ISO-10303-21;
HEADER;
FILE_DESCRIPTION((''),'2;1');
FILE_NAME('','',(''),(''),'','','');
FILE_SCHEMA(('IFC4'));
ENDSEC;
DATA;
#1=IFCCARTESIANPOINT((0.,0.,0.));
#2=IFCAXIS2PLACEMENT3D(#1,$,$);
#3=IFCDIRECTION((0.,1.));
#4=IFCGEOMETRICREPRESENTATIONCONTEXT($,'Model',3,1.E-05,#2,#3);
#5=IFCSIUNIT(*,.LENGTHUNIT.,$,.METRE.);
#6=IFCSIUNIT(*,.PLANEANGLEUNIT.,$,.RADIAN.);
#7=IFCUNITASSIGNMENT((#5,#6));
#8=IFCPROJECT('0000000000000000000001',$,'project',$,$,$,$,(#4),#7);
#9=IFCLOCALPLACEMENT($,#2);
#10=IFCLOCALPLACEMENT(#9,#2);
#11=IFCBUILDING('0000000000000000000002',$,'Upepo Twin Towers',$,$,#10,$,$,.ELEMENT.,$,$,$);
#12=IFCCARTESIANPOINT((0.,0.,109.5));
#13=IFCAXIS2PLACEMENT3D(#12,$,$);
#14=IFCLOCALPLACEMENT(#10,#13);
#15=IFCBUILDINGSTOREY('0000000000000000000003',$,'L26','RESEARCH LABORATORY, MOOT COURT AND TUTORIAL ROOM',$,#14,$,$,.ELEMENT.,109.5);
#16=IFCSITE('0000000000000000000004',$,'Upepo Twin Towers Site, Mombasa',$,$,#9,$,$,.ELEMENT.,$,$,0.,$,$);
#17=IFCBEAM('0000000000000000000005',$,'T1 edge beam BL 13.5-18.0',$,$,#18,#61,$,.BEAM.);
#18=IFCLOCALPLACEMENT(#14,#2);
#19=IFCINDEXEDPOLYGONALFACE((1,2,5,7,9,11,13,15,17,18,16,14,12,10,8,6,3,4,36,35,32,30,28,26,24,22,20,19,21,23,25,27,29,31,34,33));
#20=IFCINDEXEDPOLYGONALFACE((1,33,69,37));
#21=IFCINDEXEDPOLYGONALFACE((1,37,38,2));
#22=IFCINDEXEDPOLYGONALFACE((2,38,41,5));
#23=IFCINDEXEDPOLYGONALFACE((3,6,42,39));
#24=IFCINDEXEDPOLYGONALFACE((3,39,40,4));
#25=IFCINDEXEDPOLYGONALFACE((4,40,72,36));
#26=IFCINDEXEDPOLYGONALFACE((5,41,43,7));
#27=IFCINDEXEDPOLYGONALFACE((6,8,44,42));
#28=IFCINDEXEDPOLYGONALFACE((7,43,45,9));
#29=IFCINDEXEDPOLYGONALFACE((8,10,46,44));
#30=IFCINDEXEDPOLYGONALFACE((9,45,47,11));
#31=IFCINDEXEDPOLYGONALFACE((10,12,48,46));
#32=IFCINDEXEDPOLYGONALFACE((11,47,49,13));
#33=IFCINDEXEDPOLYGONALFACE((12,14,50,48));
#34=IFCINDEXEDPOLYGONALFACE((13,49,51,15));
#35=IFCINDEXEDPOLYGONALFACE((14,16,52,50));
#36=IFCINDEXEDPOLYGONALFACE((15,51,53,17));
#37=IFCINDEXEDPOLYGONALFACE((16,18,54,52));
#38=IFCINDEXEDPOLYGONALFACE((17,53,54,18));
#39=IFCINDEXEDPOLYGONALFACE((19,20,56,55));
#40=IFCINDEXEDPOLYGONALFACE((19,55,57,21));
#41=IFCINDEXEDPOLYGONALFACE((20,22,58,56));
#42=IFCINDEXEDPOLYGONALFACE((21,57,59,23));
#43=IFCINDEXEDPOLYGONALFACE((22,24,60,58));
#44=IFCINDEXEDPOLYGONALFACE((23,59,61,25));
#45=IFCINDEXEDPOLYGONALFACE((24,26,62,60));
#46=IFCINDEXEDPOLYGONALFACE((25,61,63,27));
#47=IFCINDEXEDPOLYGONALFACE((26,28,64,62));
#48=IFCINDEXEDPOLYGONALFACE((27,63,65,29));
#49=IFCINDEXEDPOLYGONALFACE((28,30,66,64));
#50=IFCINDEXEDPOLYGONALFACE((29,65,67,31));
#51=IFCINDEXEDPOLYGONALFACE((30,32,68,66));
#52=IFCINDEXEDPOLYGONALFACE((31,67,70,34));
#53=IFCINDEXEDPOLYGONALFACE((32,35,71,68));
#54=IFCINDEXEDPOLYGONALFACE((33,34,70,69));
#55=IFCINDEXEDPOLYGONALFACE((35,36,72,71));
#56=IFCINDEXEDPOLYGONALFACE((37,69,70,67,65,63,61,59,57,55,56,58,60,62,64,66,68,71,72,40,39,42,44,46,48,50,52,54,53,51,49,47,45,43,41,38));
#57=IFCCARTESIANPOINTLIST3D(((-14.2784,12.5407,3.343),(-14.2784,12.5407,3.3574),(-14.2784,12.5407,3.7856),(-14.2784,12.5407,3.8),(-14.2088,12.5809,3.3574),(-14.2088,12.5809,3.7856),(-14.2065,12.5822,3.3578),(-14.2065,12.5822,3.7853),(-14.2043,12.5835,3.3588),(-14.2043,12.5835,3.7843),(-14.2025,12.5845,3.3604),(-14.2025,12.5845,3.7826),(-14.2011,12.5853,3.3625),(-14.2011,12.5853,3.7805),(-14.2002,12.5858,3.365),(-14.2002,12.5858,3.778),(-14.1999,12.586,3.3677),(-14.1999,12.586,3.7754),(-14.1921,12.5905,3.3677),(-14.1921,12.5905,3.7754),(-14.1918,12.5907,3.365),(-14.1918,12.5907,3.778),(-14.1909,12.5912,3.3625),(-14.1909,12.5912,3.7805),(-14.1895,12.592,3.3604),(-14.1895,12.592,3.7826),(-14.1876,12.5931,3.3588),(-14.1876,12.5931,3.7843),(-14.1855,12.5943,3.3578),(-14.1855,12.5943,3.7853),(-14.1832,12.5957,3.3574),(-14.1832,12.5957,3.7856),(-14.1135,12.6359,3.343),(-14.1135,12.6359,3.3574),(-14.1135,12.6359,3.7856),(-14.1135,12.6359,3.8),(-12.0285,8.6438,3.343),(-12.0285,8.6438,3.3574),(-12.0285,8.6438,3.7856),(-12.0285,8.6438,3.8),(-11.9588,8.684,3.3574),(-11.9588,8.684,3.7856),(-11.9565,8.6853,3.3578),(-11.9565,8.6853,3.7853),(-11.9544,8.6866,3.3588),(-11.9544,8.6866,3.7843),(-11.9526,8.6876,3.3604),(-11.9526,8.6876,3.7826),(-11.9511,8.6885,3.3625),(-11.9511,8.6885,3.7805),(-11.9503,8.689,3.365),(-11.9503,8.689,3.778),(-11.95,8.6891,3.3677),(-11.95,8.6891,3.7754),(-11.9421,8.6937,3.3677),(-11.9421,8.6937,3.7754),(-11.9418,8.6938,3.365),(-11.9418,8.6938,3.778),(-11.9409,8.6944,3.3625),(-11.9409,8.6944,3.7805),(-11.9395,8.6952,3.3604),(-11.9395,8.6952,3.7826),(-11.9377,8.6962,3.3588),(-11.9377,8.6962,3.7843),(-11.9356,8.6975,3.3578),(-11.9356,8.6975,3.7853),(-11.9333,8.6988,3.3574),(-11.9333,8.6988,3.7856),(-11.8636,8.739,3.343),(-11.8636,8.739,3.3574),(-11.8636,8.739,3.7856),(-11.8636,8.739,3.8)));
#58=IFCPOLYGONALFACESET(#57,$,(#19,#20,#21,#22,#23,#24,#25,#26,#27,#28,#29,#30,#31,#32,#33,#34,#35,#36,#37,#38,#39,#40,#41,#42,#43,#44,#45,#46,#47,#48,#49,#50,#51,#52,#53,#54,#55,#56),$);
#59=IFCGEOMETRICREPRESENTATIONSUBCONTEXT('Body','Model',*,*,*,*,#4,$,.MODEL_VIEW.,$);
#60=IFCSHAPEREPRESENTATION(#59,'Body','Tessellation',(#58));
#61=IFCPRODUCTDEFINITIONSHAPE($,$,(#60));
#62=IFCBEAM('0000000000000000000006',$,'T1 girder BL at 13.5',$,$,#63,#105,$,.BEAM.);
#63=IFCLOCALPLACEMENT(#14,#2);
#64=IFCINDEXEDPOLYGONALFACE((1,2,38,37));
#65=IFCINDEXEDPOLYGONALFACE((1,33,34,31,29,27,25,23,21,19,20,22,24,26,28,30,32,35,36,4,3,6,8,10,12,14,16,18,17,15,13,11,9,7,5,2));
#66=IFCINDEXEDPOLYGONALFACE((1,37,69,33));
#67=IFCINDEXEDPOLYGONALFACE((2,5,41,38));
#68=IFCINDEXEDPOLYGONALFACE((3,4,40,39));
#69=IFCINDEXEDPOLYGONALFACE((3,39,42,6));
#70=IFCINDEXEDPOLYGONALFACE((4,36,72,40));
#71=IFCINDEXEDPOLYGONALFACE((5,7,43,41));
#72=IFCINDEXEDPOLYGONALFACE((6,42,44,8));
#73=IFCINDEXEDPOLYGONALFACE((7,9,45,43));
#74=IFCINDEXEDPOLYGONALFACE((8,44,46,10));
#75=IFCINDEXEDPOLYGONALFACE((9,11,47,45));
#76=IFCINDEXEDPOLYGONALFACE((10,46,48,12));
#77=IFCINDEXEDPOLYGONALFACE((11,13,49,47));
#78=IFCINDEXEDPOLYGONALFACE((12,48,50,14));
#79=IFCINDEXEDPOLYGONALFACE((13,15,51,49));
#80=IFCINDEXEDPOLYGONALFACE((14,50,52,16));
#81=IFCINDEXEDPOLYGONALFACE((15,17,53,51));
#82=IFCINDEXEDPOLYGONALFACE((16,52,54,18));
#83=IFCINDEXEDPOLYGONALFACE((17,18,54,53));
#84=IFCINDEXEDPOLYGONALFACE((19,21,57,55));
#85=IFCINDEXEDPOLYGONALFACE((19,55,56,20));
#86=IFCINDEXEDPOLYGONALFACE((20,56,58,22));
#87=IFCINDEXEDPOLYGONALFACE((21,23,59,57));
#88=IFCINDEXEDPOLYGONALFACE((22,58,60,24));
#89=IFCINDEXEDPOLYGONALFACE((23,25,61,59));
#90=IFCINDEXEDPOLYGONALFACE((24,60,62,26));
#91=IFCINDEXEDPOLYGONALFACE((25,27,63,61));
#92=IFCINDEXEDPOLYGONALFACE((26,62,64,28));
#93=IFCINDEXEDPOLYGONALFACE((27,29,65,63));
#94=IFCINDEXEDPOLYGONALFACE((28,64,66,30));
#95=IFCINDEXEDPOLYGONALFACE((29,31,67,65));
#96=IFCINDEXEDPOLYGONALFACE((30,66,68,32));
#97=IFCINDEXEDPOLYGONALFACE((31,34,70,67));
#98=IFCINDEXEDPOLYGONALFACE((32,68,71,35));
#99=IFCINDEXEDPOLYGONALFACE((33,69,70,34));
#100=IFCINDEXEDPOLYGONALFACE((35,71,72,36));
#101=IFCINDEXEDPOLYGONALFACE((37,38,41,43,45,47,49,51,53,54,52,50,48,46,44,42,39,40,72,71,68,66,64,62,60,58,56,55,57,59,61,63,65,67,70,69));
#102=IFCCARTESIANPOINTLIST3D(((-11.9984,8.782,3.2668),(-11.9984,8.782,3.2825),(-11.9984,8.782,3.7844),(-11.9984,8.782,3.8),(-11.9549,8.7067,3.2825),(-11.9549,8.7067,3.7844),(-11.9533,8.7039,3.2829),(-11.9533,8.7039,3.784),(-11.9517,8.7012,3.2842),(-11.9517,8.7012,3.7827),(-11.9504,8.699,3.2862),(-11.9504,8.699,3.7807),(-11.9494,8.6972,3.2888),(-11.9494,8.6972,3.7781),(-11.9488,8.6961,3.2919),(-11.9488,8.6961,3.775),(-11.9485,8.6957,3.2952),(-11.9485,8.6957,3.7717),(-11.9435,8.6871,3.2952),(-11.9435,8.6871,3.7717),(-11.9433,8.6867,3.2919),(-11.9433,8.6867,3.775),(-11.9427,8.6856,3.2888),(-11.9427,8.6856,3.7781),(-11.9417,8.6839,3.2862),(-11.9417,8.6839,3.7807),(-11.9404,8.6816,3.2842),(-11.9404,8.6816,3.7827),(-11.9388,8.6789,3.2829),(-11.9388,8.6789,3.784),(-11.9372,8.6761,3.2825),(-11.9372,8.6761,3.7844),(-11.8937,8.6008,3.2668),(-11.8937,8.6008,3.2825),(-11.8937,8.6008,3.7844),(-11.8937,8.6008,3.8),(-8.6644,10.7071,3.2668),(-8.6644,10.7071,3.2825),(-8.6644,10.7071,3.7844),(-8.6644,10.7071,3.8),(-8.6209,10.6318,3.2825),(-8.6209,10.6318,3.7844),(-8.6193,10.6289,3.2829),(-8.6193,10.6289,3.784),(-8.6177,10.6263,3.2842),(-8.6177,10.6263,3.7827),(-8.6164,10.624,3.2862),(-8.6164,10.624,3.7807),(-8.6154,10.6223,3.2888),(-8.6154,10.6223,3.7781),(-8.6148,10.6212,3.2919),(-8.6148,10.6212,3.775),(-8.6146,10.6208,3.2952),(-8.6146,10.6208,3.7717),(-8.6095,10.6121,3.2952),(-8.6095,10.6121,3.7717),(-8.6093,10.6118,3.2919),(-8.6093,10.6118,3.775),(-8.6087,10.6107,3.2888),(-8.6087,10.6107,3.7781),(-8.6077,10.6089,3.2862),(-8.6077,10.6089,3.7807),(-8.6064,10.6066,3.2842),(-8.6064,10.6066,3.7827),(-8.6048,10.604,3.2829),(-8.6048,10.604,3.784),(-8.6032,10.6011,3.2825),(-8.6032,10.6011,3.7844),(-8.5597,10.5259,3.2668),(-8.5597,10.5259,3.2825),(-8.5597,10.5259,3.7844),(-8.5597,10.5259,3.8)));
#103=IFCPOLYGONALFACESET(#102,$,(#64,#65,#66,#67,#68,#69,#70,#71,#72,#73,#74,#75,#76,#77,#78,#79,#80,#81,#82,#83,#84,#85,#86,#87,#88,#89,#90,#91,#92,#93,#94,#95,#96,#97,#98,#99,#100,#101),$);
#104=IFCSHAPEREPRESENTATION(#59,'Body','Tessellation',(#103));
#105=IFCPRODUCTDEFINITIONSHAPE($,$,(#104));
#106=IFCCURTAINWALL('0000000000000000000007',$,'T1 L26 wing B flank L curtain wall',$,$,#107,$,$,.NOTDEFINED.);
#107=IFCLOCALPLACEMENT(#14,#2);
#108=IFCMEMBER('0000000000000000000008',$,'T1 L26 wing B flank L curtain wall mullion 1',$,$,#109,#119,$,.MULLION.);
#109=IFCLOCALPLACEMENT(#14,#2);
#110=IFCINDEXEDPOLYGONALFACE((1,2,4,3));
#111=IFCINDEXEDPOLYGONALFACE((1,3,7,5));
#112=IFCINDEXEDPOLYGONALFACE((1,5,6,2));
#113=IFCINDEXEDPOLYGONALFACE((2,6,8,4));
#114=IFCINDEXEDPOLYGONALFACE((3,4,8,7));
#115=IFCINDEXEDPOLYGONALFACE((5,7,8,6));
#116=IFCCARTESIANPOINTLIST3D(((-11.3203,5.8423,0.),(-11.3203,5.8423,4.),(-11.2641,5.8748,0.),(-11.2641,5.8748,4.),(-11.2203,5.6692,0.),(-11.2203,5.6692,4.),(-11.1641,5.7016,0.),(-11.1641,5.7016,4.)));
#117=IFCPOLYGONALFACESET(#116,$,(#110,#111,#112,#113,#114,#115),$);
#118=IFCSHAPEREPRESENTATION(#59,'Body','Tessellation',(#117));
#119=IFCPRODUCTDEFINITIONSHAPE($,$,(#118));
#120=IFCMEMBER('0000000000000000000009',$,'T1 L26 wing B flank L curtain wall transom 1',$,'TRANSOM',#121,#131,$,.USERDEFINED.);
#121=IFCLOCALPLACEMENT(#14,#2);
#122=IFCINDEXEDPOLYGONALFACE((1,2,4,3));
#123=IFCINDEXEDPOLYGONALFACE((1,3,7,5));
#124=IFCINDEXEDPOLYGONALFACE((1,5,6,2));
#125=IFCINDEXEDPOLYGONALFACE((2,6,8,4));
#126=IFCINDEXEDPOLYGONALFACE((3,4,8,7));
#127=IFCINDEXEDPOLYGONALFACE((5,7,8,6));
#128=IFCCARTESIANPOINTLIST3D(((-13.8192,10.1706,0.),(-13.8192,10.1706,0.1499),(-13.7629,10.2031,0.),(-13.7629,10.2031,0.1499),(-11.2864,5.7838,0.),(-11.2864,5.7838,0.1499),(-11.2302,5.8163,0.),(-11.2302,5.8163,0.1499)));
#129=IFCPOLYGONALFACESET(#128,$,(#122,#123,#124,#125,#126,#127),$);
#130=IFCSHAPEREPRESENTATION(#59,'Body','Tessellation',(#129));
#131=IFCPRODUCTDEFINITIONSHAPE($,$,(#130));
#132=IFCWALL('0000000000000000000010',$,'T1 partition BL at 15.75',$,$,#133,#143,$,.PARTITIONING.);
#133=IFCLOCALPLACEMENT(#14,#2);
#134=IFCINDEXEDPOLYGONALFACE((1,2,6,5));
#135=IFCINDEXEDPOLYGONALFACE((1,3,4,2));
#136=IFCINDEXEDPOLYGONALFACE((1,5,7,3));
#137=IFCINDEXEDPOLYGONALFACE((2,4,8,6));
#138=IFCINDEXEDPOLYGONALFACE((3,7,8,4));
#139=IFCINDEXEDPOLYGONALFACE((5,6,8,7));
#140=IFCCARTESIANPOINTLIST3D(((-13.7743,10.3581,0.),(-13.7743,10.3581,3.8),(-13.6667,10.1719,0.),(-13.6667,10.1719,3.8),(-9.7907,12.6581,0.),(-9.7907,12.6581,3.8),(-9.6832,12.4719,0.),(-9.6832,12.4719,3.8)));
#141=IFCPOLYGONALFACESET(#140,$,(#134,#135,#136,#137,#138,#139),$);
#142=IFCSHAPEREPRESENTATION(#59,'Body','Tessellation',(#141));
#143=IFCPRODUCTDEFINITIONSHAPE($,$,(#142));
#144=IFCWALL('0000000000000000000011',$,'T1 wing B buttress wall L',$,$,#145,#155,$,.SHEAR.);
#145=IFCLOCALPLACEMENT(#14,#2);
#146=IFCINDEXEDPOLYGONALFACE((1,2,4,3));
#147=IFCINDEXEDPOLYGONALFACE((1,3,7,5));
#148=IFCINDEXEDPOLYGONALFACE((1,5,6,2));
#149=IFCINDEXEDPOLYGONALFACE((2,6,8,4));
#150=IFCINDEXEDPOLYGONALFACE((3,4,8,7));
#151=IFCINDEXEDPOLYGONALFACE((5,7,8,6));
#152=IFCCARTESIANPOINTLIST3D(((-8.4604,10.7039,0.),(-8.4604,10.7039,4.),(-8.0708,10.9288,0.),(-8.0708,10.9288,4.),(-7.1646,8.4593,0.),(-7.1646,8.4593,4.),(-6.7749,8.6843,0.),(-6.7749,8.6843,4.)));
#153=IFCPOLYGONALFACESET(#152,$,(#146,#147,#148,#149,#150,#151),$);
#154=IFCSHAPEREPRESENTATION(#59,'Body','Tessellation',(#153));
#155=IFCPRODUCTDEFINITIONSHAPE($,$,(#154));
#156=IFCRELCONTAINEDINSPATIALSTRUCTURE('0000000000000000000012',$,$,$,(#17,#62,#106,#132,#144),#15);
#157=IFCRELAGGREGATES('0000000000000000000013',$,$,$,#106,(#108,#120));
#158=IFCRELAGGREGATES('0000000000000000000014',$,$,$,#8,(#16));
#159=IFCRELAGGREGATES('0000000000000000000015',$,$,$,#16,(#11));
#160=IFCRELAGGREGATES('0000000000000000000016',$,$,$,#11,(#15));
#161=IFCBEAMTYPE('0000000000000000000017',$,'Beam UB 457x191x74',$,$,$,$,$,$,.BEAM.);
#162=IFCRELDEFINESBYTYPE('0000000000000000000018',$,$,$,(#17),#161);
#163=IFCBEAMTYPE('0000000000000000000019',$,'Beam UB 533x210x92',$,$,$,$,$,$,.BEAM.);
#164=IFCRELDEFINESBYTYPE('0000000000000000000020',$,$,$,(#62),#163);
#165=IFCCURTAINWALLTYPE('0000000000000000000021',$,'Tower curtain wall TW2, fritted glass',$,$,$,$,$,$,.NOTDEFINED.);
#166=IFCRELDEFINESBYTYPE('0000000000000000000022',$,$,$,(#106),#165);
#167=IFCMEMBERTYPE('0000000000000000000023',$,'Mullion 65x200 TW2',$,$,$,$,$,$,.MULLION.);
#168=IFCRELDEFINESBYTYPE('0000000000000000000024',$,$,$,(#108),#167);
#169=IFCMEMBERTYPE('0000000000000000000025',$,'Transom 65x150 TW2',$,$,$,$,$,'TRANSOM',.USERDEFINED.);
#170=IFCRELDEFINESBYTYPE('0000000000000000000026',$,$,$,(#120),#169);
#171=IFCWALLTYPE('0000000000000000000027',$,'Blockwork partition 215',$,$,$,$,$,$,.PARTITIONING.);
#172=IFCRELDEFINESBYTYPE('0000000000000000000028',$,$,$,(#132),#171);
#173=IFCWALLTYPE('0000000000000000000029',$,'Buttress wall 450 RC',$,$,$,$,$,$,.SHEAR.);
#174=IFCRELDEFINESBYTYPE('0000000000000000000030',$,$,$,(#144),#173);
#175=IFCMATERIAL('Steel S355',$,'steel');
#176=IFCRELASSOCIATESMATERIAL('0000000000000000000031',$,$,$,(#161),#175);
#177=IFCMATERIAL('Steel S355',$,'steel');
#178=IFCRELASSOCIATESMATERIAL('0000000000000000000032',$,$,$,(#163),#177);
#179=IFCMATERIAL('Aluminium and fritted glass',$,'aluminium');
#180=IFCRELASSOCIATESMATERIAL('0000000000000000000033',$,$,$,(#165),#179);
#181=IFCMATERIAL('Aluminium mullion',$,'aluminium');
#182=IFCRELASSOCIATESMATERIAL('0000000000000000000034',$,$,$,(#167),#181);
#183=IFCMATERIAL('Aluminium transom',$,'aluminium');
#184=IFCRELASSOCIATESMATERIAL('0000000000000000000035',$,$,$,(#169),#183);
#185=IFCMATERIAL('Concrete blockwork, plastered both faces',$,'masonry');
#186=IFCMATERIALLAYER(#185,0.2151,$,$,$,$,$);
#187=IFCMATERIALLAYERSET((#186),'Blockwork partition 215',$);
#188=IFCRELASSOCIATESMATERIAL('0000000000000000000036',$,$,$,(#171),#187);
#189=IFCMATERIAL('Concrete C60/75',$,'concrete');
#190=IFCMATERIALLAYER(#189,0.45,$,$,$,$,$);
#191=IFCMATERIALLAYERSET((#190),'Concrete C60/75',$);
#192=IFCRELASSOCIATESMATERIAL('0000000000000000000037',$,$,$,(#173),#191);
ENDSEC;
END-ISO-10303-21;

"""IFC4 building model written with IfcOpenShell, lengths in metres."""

from ifc_helpers import new_model, si_unit, direction, frame, frame_2d, origin, origin_2d, place, context, subcontext, project, spatial, rectangle, i_section, extrude, material, layer, layer_set, material_profile, profile_set, type_object, element, aggregate, save


model = new_model("IFC4")

# Units and contexts
model_context = context("Model", 3, precision=1e-05, world=origin(), true_north=direction((0.0, 1.0)))
body_context = subcontext(model_context, "Body", "Model", "MODEL_VIEW")
ifc_project = project(units=[si_unit("LENGTHUNIT", "METRE"), si_unit("PLANEANGLEUNIT", "RADIAN")], contexts=[model_context])

# Site, building, storey
site_placement = place(None, origin())
site = spatial("IfcSite", under=ifc_project, at=site_placement, Name="Upepo Twin Towers Site, Mombasa", CompositionType="ELEMENT", RefElevation=0.0)
building_placement = place(site_placement, origin())
building = spatial("IfcBuilding", under=site, at=building_placement, Name="Upepo Twin Towers", CompositionType="ELEMENT")
storey_placement = place(building_placement, frame((0.0, 0.0, 109.5)))
storey = spatial("IfcBuildingStorey", under=building, at=storey_placement, Name="L26", Description="RESEARCH LABORATORY, MOOT COURT AND TUTORIAL ROOM", CompositionType="ELEMENT", Elevation=109.5)

# Beams
ifc_material_1 = material(Name="Steel S355", Category="steel")
ifc_material_profile_1 = material_profile(ifc_material_1, i_section(OverallWidth=0.1904, OverallDepth=0.457, WebThickness=0.009, FlangeThickness=0.0144, FilletRadius=0.0103, at=origin_2d()), Name="UB 457x191x74")
ifc_profile_set_1 = profile_set([ifc_material_profile_1], Name="Steel S355")
beam_type_1 = type_object("IfcBeamType", Name="Beam UB 457x191x74", PredefinedType="BEAM", material=ifc_profile_set_1)
beam_1_placement = place(storey_placement, frame((-11.946, 8.6914, 3.5715), z_axis=(-0.500014, 0.866018, 0.0), x_axis=(-0.866018, -0.500014, 0.0)))
element("IfcBeam", 1, at=beam_1_placement, inside=storey, type_object=beam_type_1, Name="T1 edge beam BL 13.5-18.0", PredefinedType="BEAM", context=body_context, shape_type="SweptSolid", body=[
    extrude(i_section(OverallWidth=0.1904, OverallDepth=0.457, WebThickness=0.009, FlangeThickness=0.0144, FilletRadius=0.0103, at=origin_2d()), origin(), (0.0, 0.0, 1.0), 4.4998),
])
ifc_material_2 = material(Name="Steel S355", Category="steel")
ifc_material_profile_2 = material_profile(ifc_material_2, i_section(OverallWidth=0.2092, OverallDepth=0.5332, WebThickness=0.01, FlangeThickness=0.0156, FilletRadius=0.0127, at=origin_2d()), Name="UB 533x210x92")
ifc_profile_set_2 = profile_set([ifc_material_profile_2], Name="Steel S355")
beam_type_2 = type_object("IfcBeamType", Name="Beam UB 533x210x92", PredefinedType="BEAM", material=ifc_profile_set_2)
beam_2_placement = place(storey_placement, frame((-11.946, 8.6914, 3.5334), z_axis=(0.866006, 0.500034, 0.0), x_axis=(-0.500034, 0.866006, 0.0)))
element("IfcBeam", 2, at=beam_2_placement, inside=storey, type_object=beam_type_2, Name="T1 girder BL at 13.5", PredefinedType="BEAM", context=body_context, shape_type="SweptSolid", body=[
    extrude(i_section(OverallWidth=0.2092, OverallDepth=0.5332, WebThickness=0.01, FlangeThickness=0.0156, FilletRadius=0.0127, at=origin_2d()), origin(), (0.0, 0.0, 1.0), 3.8499),
])

# Curtain wall, members
ifc_material_3 = material(Name="Aluminium and fritted glass", Category="aluminium")
curtain_wall_type = type_object("IfcCurtainWallType", Name="Tower curtain wall TW2, fritted glass", PredefinedType="NOTDEFINED", material=ifc_material_3)
curtain_wall_placement = place(storey_placement, origin())
curtain_wall = element("IfcCurtainWall", 3, at=curtain_wall_placement, inside=storey, type_object=curtain_wall_type, Name="T1 L26 wing B flank L curtain wall", PredefinedType="NOTDEFINED")
ifc_material_4 = material(Name="Aluminium mullion", Category="aluminium")
ifc_material_profile_3 = material_profile(ifc_material_4, rectangle(XDim=0.0649, YDim=0.2, at=origin_2d()), Name="MULLION 65x200")
ifc_profile_set_3 = profile_set([ifc_material_profile_3], Name="Aluminium mullion")
member_type_1 = type_object("IfcMemberType", Name="Mullion 65x200 TW2", PredefinedType="MULLION", material=ifc_profile_set_3)
member_1_placement = place(storey_placement, frame((-11.2422, 5.772, 0.0), z_axis=(0.0, 0.0, 1.0), x_axis=(-0.866025, -0.5, 0.0)))
member_1 = element("IfcMember", 4, at=member_1_placement, type_object=member_type_1, Name="T1 L26 wing B flank L curtain wall mullion 1", PredefinedType="MULLION", context=body_context, shape_type="SweptSolid", body=[
    extrude(rectangle(XDim=0.0649, YDim=0.2, at=origin_2d()), origin(), (0.0, 0.0, 1.0), 4.0),
])
ifc_material_5 = material(Name="Aluminium transom", Category="aluminium")
ifc_material_profile_4 = material_profile(ifc_material_5, rectangle(XDim=0.0649, YDim=0.1499, at=origin_2d()), Name="TRANSOM 65x150")
ifc_profile_set_4 = profile_set([ifc_material_profile_4], Name="Aluminium transom")
member_type_2 = type_object("IfcMemberType", Name="Transom 65x150 TW2", ElementType="TRANSOM", PredefinedType="USERDEFINED", material=ifc_profile_set_4)
member_2_placement = place(storey_placement, frame((-11.2583, 5.8, 0.075), z_axis=(-0.500006, 0.866022, 0.0), x_axis=(-0.866022, -0.500006, 0.0)))
member_2 = element("IfcMember", 5, at=member_2_placement, type_object=member_type_2, Name="T1 L26 wing B flank L curtain wall transom 1", ObjectType="TRANSOM", PredefinedType="USERDEFINED", context=body_context, shape_type="SweptSolid", body=[
    extrude(rectangle(XDim=0.0649, YDim=0.1499, at=origin_2d()), origin(), (0.0, 0.0, 1.0), 5.0654),
])
aggregate(curtain_wall, [member_1, member_2])

# Walls
ifc_material_6 = material(Name="Concrete blockwork, plastered both faces", Category="masonry")
ifc_layer_1 = layer(ifc_material_6, 0.2151)
ifc_layer_set_1 = layer_set([ifc_layer_1], Name="Blockwork partition 215")
wall_type_1 = type_object("IfcWallType", Name="Blockwork partition 215", PredefinedType="PARTITIONING", material=ifc_layer_set_1)
wall_1_placement = place(storey_placement, frame((-9.7371, 12.5649, 0.0), z_axis=(0.0, 0.0, 1.0), x_axis=(-0.866017, -0.500015, 0.0)))
element("IfcWall", 6, at=wall_1_placement, inside=storey, type_object=wall_type_1, Name="T1 partition BL at 15.75", PredefinedType="PARTITIONING", context=body_context, shape_type="SweptSolid", body=[
    extrude(rectangle(XDim=4.5999, YDim=0.2151, at=frame_2d((2.2998, 0.0))), origin(), (0.0, 0.0, 1.0), 3.8),
])
ifc_material_7 = material(Name="Concrete C60/75", Category="concrete")
ifc_layer_2 = layer(ifc_material_7, 0.45)
ifc_layer_set_2 = layer_set([ifc_layer_2], Name="Concrete C60/75")
wall_type_2 = type_object("IfcWallType", Name="Buttress wall 450 RC", PredefinedType="SHEAR", material=ifc_layer_set_2)
wall_2_placement = place(storey_placement, frame((-6.9697, 8.5718, 0.0), z_axis=(0.0, 0.0, 1.0), x_axis=(-0.499989, 0.866032, 0.0)))
element("IfcWall", 7, at=wall_2_placement, inside=storey, type_object=wall_type_2, Name="T1 wing B buttress wall L", PredefinedType="SHEAR", context=body_context, shape_type="SweptSolid", body=[
    extrude(rectangle(XDim=2.5918, YDim=0.45, at=frame_2d((1.2959, 0.0))), origin(), (0.0, 0.0, 1.0), 4.0),
])

save(model, "model.ifc")
